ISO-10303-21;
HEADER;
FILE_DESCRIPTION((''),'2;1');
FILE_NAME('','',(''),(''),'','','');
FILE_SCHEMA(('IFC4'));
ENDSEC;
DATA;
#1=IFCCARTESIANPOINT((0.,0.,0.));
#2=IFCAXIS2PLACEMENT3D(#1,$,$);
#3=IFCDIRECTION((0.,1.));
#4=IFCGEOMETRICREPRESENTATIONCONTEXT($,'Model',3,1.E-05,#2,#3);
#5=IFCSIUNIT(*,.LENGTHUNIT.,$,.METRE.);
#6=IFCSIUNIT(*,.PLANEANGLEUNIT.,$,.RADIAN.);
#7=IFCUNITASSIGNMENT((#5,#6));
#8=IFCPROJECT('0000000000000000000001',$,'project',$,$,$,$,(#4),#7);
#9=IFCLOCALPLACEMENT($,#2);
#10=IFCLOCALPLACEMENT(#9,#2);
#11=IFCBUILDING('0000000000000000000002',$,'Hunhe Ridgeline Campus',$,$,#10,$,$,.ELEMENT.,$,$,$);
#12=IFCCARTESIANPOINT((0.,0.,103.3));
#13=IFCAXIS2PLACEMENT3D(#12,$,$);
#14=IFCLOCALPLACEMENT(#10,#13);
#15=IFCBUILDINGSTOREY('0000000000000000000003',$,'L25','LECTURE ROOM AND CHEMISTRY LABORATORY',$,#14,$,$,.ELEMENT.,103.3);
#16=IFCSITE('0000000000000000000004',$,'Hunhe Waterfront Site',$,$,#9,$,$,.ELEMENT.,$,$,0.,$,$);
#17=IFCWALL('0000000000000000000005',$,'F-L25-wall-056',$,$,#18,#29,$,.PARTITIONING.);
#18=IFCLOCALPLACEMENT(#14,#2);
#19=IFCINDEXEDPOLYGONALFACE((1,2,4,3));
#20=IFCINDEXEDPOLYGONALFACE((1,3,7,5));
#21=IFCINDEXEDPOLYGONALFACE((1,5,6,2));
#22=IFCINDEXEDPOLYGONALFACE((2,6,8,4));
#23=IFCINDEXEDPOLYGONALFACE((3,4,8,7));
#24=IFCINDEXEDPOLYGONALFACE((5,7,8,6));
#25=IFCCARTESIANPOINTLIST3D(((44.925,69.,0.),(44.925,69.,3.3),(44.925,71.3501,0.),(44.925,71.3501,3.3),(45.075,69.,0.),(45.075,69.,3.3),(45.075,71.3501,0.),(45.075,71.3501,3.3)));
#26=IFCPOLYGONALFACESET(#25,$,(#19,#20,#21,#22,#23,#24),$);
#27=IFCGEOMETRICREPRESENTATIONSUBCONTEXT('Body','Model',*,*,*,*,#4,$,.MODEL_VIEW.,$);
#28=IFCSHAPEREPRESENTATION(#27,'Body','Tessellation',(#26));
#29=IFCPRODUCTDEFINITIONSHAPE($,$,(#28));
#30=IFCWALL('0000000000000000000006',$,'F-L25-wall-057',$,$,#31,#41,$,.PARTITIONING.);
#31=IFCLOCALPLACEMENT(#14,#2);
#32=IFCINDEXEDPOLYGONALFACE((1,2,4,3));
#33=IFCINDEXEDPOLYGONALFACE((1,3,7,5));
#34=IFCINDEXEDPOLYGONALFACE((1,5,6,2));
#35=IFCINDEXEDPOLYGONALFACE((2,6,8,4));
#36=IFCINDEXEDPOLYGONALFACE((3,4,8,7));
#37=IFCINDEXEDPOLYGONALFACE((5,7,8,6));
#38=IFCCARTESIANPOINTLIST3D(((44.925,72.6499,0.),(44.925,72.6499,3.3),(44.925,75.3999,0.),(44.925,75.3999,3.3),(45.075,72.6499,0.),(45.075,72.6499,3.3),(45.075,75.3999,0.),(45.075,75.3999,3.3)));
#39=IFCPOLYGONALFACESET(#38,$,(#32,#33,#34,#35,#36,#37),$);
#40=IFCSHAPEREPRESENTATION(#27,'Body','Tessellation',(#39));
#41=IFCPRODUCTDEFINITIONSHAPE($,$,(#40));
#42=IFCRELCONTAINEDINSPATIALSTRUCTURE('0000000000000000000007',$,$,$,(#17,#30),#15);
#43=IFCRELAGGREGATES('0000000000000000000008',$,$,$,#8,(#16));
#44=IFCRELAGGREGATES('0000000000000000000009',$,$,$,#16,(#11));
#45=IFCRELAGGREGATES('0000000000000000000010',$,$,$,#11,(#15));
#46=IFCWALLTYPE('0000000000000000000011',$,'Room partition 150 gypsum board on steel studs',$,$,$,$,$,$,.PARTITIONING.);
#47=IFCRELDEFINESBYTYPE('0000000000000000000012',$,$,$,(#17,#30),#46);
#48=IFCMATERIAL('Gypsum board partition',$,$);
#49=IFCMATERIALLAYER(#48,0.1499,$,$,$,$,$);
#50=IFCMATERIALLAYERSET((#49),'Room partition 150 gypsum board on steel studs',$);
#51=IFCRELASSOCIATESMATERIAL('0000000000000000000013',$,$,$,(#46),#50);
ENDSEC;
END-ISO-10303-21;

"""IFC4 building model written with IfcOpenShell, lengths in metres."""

from ifc_helpers import new_model, si_unit, direction, frame, frame_2d, origin, place, context, subcontext, project, spatial, rectangle, extrude, material, layer, layer_set, type_object, element, save


model = new_model("IFC4")

# Units and contexts
model_context = context("Model", 3, precision=1e-05, world=origin(), true_north=direction((0.0, 1.0)))
body_context = subcontext(model_context, "Body", "Model", "MODEL_VIEW")
ifc_project = project(units=[si_unit("LENGTHUNIT", "METRE"), si_unit("PLANEANGLEUNIT", "RADIAN")], contexts=[model_context])

# Site, building, storey
site_placement = place(None, origin())
site = spatial("IfcSite", under=ifc_project, at=site_placement, Name="Hunhe Waterfront Site", CompositionType="ELEMENT", RefElevation=0.0)
building_placement = place(site_placement, origin())
building = spatial("IfcBuilding", under=site, at=building_placement, Name="Hunhe Ridgeline Campus", CompositionType="ELEMENT")
storey_placement = place(building_placement, frame((0.0, 0.0, 103.3)))
storey = spatial("IfcBuildingStorey", under=building, at=storey_placement, Name="L25", Description="LECTURE ROOM AND CHEMISTRY LABORATORY", CompositionType="ELEMENT", Elevation=103.3)

# Shared definitions
ifc_material_1 = material(Name="Gypsum board partition")

# Walls
ifc_layer_1 = layer(ifc_material_1, 0.1499)
ifc_layer_set_1 = layer_set([ifc_layer_1], Name="Room partition 150 gypsum board on steel studs")
wall_type_1 = type_object("IfcWallType", Name="Room partition 150 gypsum board on steel studs", PredefinedType="PARTITIONING", material=ifc_layer_set_1)
wall_1_placement = place(storey_placement, frame((45.0, 71.3501, 0.0), z_axis=(0.0, 0.0, 1.0), x_axis=(0.0, -1.0, 0.0)))
element("IfcWall", 1, at=wall_1_placement, inside=storey, type_object=wall_type_1, Name="F-L25-wall-056", PredefinedType="PARTITIONING", context=body_context, shape_type="SweptSolid", body=[
    extrude(rectangle(XDim=2.3501, YDim=0.1499, at=frame_2d((1.175, 0.0))), origin(), (0.0, 0.0, 1.0), 3.3),
])
wall_2_placement = place(storey_placement, frame((45.0, 75.3999, 0.0), z_axis=(0.0, 0.0, 1.0), x_axis=(0.0, -1.0, 0.0)))
element("IfcWall", 2, at=wall_2_placement, inside=storey, type_object=wall_type_1, Name="F-L25-wall-057", PredefinedType="PARTITIONING", context=body_context, shape_type="SweptSolid", body=[
    extrude(rectangle(XDim=2.75, YDim=0.1499, at=frame_2d((1.375, 0.0))), origin(), (0.0, 0.0, 1.0), 3.3),
])

save(model, "model.ifc")
